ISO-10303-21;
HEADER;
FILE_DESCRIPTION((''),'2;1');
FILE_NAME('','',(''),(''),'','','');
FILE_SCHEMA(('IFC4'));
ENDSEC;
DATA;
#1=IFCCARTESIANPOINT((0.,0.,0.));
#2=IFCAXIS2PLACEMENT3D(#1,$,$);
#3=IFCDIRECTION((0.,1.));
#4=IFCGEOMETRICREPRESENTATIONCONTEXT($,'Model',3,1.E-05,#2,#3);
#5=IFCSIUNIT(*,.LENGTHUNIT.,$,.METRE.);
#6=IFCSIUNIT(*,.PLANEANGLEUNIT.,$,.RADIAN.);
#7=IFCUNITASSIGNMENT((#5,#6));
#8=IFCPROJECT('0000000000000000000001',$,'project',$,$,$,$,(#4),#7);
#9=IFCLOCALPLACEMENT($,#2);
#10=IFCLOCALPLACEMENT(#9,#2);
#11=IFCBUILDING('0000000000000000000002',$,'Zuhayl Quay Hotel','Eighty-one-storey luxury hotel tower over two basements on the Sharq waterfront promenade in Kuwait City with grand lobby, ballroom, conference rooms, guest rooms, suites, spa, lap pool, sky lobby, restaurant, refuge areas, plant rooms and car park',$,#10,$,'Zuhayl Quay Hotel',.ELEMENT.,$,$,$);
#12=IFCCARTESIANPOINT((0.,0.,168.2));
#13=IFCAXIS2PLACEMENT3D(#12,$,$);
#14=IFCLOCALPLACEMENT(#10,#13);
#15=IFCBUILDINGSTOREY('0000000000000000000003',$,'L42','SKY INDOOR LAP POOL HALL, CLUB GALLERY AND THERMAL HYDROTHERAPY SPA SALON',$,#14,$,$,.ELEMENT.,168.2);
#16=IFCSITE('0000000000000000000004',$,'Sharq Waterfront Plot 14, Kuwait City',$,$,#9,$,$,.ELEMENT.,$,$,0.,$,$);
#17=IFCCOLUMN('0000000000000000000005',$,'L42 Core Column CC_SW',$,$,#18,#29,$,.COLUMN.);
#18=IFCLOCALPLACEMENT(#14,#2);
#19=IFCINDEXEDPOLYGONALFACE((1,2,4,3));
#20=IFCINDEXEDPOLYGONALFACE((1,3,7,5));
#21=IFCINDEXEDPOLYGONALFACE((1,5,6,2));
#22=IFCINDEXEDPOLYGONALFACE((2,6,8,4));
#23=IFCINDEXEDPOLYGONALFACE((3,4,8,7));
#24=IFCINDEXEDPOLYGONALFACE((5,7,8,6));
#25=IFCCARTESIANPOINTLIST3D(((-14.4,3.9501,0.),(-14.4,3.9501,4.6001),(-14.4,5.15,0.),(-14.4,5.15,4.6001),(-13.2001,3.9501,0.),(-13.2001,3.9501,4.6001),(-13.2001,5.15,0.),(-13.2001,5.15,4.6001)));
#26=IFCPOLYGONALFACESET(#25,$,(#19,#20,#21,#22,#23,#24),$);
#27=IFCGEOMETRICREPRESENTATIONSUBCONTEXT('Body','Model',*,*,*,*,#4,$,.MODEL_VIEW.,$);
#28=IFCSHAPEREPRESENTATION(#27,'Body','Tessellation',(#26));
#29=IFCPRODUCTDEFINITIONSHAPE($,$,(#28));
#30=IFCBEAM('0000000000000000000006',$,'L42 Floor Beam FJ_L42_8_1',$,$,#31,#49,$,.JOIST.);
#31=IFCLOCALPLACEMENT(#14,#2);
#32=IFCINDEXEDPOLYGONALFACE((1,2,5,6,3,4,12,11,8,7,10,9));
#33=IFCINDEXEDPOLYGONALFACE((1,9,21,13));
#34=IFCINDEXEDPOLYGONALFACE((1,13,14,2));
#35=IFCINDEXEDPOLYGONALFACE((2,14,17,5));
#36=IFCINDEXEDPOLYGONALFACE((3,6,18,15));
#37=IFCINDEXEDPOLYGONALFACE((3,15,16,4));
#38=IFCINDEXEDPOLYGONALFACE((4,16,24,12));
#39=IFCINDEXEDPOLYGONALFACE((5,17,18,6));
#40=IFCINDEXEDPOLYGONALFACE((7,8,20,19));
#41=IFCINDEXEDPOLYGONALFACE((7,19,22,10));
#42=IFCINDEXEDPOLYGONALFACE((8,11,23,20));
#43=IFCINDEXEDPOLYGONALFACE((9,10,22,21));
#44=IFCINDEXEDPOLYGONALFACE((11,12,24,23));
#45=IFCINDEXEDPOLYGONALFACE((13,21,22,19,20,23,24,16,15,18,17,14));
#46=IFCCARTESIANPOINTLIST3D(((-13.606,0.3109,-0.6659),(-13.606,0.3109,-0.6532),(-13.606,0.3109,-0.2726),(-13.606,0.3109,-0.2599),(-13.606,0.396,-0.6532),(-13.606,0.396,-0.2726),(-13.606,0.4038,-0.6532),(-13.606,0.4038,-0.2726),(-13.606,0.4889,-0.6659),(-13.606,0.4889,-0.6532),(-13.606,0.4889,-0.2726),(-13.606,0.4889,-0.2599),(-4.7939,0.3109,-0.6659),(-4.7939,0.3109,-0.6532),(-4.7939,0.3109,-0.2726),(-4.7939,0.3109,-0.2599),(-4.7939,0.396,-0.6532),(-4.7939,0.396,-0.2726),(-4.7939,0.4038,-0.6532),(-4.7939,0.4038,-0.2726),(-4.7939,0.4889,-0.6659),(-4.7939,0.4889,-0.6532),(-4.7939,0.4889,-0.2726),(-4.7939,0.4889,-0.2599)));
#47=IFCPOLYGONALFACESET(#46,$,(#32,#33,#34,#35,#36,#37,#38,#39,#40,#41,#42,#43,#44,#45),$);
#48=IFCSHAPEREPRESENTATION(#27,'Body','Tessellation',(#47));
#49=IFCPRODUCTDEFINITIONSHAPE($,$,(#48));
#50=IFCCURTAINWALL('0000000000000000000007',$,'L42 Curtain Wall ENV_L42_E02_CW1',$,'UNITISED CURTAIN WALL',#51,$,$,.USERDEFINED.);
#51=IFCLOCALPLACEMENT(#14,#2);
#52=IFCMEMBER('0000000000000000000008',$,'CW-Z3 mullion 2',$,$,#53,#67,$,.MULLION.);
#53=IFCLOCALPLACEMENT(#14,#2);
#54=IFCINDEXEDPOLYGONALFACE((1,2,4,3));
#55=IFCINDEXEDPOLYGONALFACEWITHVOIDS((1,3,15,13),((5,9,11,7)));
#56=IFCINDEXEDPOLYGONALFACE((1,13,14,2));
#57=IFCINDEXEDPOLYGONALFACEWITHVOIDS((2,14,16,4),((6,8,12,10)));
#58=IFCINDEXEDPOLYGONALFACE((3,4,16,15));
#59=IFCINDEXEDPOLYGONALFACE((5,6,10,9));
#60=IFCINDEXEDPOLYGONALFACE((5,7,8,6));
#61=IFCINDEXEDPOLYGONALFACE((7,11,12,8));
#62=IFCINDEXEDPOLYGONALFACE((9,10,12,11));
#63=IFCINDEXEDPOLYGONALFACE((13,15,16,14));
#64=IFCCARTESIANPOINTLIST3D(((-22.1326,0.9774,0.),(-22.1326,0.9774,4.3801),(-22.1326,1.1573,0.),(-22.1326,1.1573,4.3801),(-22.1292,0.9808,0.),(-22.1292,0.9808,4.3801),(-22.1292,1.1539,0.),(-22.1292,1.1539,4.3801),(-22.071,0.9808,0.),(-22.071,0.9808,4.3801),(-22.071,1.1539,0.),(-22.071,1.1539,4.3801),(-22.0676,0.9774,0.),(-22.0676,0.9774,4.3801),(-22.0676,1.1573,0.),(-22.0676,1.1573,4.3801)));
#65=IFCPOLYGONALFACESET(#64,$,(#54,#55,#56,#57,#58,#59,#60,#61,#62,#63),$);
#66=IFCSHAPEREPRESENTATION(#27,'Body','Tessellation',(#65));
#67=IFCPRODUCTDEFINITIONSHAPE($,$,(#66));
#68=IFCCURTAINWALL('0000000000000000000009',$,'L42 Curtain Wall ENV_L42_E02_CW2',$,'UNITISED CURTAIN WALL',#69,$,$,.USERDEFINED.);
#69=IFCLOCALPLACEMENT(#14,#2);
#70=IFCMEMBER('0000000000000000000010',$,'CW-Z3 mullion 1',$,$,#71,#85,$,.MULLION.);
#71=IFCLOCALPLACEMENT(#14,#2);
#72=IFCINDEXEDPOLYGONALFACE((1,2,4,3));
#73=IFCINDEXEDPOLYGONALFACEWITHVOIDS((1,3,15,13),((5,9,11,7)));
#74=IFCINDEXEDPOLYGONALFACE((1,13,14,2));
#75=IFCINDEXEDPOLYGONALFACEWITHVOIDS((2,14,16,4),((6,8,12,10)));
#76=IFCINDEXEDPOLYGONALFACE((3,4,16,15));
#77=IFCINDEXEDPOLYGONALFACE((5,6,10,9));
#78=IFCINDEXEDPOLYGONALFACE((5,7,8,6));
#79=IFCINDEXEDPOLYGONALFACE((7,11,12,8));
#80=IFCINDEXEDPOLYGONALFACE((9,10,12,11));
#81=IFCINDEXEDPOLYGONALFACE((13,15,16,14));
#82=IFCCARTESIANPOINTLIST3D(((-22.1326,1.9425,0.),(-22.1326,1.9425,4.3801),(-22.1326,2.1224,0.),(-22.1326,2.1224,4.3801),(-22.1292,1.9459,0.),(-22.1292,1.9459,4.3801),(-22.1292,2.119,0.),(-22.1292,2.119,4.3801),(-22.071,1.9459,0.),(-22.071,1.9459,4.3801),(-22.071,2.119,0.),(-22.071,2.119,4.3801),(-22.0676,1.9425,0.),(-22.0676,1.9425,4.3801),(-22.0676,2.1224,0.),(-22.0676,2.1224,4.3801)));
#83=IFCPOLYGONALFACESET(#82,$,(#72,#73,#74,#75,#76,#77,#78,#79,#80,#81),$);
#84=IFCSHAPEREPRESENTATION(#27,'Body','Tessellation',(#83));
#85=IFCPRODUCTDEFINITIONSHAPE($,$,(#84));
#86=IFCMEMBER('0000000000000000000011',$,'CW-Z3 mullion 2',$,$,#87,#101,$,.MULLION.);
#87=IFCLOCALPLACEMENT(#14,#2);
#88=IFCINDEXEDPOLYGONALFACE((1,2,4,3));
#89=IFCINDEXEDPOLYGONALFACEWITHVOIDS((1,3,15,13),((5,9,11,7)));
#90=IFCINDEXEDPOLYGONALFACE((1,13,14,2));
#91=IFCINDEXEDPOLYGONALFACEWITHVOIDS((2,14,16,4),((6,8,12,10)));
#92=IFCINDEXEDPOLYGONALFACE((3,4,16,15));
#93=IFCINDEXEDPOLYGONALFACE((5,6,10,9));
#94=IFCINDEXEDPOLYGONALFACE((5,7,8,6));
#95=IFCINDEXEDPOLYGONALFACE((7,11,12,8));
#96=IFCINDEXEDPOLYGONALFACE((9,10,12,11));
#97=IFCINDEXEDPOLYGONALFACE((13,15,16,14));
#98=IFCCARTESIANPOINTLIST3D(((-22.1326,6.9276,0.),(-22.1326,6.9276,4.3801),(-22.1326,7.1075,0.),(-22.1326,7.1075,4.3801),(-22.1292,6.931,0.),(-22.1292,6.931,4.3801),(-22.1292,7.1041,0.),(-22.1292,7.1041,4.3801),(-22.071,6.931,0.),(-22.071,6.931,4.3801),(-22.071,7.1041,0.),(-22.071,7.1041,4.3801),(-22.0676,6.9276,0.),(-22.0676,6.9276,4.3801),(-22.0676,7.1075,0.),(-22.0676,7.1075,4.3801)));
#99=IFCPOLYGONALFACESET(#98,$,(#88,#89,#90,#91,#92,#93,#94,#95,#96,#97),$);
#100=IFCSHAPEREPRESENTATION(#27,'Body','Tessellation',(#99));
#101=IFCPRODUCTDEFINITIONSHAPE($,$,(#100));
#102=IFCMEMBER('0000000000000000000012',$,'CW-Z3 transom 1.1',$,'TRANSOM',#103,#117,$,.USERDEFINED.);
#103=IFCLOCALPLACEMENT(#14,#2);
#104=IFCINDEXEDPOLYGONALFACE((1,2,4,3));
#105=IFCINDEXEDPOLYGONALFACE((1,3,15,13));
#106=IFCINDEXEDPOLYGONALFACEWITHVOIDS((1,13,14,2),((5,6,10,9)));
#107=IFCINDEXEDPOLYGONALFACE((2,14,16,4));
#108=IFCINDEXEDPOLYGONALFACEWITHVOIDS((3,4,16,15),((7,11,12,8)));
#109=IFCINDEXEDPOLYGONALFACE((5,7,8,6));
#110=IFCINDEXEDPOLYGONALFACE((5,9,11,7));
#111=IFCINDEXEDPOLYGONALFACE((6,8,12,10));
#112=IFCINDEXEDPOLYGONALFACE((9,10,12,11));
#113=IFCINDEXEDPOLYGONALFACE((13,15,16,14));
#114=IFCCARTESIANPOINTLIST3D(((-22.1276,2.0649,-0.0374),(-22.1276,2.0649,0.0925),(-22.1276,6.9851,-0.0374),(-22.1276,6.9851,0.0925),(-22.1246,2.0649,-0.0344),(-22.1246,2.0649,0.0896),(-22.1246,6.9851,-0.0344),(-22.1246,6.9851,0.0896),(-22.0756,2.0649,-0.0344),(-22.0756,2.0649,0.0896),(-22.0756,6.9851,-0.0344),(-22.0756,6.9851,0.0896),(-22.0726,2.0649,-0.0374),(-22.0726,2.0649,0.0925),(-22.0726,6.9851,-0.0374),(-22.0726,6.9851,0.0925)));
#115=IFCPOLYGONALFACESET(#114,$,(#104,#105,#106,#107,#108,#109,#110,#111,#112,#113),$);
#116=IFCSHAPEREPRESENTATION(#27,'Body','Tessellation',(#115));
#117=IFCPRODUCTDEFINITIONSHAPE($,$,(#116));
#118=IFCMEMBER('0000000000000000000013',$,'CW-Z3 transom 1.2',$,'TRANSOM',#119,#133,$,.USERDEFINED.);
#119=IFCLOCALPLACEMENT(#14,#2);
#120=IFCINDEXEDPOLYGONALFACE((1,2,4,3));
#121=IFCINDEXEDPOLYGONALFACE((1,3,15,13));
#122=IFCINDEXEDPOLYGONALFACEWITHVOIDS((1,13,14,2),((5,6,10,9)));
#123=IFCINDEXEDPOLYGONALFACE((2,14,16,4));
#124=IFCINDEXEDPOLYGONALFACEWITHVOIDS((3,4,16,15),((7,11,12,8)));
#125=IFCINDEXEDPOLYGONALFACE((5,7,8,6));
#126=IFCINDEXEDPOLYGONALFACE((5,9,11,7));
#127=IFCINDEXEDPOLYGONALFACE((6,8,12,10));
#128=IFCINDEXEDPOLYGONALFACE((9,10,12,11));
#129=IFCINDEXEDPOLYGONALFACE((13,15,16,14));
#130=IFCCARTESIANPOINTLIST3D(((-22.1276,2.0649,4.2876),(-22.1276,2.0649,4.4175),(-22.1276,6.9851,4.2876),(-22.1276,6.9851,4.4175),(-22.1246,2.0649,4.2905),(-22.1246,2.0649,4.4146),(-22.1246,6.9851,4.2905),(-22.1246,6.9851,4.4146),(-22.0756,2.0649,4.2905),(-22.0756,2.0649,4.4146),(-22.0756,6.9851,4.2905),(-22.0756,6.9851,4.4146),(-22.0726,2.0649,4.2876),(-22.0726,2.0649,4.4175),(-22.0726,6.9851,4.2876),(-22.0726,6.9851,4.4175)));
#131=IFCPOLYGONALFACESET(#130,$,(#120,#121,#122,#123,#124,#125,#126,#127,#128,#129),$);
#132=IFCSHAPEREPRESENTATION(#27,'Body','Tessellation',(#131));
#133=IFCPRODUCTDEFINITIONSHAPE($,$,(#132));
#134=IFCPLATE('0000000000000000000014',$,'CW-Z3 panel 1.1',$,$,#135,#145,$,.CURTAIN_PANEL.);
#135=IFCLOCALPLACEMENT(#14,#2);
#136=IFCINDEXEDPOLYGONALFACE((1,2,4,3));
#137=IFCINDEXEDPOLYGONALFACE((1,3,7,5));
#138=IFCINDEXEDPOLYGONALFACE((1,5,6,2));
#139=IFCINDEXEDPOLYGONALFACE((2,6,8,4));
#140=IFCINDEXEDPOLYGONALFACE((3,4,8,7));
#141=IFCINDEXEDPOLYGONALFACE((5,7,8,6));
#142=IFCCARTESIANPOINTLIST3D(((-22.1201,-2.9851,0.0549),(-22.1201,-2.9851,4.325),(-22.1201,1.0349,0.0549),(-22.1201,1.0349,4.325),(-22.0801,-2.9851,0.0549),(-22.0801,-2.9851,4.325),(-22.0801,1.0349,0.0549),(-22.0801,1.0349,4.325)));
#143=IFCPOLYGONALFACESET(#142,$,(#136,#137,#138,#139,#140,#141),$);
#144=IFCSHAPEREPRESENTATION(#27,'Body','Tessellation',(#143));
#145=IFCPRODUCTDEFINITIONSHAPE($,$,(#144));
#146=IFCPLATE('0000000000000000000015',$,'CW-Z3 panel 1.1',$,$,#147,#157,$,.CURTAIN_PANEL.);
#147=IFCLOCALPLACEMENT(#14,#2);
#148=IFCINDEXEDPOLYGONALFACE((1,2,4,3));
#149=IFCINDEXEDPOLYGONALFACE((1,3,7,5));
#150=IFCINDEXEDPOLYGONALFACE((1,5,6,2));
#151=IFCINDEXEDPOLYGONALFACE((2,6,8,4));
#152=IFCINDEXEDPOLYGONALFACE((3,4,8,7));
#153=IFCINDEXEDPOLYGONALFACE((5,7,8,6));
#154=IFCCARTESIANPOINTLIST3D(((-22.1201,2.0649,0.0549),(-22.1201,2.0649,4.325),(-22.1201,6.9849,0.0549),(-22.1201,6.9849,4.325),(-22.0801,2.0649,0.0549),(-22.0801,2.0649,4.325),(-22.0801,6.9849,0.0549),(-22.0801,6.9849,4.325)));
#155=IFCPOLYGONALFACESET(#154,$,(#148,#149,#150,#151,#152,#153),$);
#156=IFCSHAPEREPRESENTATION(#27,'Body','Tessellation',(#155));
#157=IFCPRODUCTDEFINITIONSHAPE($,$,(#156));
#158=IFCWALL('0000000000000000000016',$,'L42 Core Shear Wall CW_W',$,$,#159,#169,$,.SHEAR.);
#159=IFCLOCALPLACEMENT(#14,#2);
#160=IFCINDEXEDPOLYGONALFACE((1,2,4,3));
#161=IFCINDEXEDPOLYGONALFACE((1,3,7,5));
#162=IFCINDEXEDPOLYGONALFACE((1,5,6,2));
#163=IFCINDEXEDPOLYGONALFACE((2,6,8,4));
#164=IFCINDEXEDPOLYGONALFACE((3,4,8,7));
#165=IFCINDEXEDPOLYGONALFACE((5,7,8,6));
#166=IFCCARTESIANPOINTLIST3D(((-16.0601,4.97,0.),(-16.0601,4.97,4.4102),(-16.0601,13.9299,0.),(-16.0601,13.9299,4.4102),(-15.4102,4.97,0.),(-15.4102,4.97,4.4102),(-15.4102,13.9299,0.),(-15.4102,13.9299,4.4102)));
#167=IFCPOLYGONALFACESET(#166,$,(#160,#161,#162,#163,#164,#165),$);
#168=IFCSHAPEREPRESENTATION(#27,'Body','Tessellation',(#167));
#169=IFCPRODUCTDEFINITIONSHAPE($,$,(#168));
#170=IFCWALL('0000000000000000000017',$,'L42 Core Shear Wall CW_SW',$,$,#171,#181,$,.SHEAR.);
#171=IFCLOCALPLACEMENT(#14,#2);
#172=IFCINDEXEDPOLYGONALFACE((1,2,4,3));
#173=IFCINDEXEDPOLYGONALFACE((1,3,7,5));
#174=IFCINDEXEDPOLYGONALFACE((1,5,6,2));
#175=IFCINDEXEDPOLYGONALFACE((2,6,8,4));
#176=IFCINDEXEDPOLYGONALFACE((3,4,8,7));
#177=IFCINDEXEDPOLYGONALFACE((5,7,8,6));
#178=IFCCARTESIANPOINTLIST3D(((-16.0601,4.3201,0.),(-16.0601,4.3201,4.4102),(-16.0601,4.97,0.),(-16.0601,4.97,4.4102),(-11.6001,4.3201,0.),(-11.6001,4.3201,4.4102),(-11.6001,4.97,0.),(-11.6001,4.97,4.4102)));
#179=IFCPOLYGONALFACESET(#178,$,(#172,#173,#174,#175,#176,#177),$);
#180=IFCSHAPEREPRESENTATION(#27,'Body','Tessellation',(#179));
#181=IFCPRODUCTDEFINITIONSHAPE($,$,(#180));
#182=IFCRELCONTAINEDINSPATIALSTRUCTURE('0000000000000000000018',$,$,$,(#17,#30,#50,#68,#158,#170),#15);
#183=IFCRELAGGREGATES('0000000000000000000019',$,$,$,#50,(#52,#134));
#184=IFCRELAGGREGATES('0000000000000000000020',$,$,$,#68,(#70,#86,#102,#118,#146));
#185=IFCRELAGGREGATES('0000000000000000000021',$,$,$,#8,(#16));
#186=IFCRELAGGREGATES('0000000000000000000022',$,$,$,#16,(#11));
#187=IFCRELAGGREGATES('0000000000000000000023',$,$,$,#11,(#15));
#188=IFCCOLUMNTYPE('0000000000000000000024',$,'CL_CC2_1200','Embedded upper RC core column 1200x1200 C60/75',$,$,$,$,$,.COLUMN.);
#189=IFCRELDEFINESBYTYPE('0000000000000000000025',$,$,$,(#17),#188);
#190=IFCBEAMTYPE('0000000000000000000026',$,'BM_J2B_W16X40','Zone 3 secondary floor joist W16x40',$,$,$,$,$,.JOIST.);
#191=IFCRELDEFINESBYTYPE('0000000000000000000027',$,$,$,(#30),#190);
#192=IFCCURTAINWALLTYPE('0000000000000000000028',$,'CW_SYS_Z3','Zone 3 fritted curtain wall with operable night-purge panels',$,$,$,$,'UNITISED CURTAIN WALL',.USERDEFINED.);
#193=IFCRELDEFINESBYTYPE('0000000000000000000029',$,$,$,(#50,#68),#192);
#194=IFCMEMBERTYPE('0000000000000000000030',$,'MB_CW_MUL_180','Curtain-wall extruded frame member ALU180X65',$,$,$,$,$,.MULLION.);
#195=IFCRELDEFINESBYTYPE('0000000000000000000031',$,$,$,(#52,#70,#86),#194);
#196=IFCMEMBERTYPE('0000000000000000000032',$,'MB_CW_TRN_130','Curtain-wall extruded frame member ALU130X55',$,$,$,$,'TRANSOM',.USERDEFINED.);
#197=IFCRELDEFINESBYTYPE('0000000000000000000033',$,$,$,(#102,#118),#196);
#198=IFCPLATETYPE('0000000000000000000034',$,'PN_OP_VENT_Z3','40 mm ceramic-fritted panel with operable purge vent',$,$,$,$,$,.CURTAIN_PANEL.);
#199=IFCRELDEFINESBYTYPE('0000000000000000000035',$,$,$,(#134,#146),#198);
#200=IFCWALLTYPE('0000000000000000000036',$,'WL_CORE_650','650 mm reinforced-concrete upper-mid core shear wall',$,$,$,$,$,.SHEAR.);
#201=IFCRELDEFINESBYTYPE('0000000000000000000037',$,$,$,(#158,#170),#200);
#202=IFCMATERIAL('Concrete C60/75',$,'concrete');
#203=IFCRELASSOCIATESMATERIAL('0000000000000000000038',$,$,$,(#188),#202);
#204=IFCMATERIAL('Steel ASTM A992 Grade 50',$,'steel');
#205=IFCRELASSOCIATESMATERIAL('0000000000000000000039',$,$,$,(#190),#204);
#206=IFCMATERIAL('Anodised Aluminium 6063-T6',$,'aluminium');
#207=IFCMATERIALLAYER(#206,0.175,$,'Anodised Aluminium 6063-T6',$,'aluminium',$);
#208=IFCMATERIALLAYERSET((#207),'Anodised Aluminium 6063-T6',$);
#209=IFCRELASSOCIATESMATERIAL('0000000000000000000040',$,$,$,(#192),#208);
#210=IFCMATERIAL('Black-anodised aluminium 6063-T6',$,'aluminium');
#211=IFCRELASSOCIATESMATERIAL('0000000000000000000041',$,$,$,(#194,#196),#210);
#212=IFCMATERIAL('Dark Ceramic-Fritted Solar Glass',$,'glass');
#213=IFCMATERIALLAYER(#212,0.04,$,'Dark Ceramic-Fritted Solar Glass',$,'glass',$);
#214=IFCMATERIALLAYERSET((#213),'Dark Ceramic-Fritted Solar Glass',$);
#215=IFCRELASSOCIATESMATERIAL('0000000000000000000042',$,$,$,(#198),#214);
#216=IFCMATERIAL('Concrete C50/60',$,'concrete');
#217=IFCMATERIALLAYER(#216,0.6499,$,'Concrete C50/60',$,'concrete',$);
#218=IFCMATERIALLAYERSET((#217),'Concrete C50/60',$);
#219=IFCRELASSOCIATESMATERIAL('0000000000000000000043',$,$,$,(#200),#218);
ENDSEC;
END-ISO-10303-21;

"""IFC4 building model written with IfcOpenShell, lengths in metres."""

from ifc_helpers import new_model, si_unit, direction, frame, frame_2d, origin, origin_2d, place, context, subcontext, project, spatial, rectangle, hollow_rectangle, i_section, extrude, material, layer, layer_set, material_profile, profile_set, type_object, element, aggregate, save


model = new_model("IFC4")

# Units and contexts
model_context = context("Model", 3, precision=1e-05, world=origin(), true_north=direction((0.0, 1.0)))
body_context = subcontext(model_context, "Body", "Model", "MODEL_VIEW")
ifc_project = project(units=[si_unit("LENGTHUNIT", "METRE"), si_unit("PLANEANGLEUNIT", "RADIAN")], contexts=[model_context])

# Site, building, storey
site_placement = place(None, origin())
site = spatial("IfcSite", under=ifc_project, at=site_placement, Name="Sharq Waterfront Plot 14, Kuwait City", CompositionType="ELEMENT", RefElevation=0.0)
building_placement = place(site_placement, origin())
building = spatial("IfcBuilding", under=site, at=building_placement, Name="Zuhayl Quay Hotel", Description="Eighty-one-storey luxury hotel tower over two basements on the Sharq waterfront promenade in Kuwait City with grand lobby, ballroom, conference rooms, guest rooms, suites, spa, lap pool, sky lobby, restaurant, refuge areas, plant rooms and car park", LongName="Zuhayl Quay Hotel", CompositionType="ELEMENT")
storey_placement = place(building_placement, frame((0.0, 0.0, 168.2)))
storey = spatial("IfcBuildingStorey", under=building, at=storey_placement, Name="L42", Description="SKY INDOOR LAP POOL HALL, CLUB GALLERY AND THERMAL HYDROTHERAPY SPA SALON", CompositionType="ELEMENT", Elevation=168.2)

# Column
ifc_material_1 = material(Name="Concrete C60/75", Category="concrete")
ifc_material_profile_1 = material_profile(ifc_material_1, rectangle(XDim=1.2, YDim=1.2, at=origin_2d()), Name="RC1200X1200")
ifc_profile_set_1 = profile_set([ifc_material_profile_1], Name="Concrete C60/75")
column_type = type_object("IfcColumnType", Name="CL_CC2_1200", Description="Embedded upper RC core column 1200x1200 C60/75", PredefinedType="COLUMN", material=ifc_profile_set_1)
column_placement = place(storey_placement, frame((-13.8, 4.55, 0.0), z_axis=(0.0, 0.0, 1.0), x_axis=(1.0, 0.0, 0.0)))
element("IfcColumn", 1, at=column_placement, inside=storey, type_object=column_type, Name="L42 Core Column CC_SW", PredefinedType="COLUMN", context=body_context, shape_type="SweptSolid", body=[
    extrude(rectangle(XDim=1.2, YDim=1.2, at=origin_2d()), origin(), (0.0, 0.0, 1.0), 4.6001),
])

# Beam
ifc_material_2 = material(Name="Steel ASTM A992 Grade 50", Category="steel")
ifc_material_profile_2 = material_profile(ifc_material_2, i_section(OverallWidth=0.178, OverallDepth=0.406, WebThickness=0.0078, FlangeThickness=0.0127, at=origin_2d()), Name="W16X40")
ifc_profile_set_2 = profile_set([ifc_material_profile_2], Name="Steel ASTM A992 Grade 50")
beam_type = type_object("IfcBeamType", Name="BM_J2B_W16X40", Description="Zone 3 secondary floor joist W16x40", PredefinedType="JOIST", material=ifc_profile_set_2)
beam_placement = place(storey_placement, frame((-13.606, 0.3999, -0.4629), z_axis=(1.0, 0.0, 0.0), x_axis=(0.0, 1.0, 0.0)))
element("IfcBeam", 2, at=beam_placement, inside=storey, type_object=beam_type, Name="L42 Floor Beam FJ_L42_8_1", PredefinedType="JOIST", context=body_context, shape_type="SweptSolid", body=[
    extrude(i_section(OverallWidth=0.178, OverallDepth=0.406, WebThickness=0.0078, FlangeThickness=0.0127, at=origin_2d()), origin(), (0.0, 0.0, 1.0), 8.812),
])

# Curtain wall, member
ifc_material_3 = material(Name="Anodised Aluminium 6063-T6", Category="aluminium")
ifc_layer_1 = layer(ifc_material_3, 0.175, Name="Anodised Aluminium 6063-T6", Category="aluminium")
ifc_layer_set_1 = layer_set([ifc_layer_1], Name="Anodised Aluminium 6063-T6")
curtain_wall_type = type_object("IfcCurtainWallType", Name="CW_SYS_Z3", Description="Zone 3 fritted curtain wall with operable night-purge panels", ElementType="UNITISED CURTAIN WALL", PredefinedType="USERDEFINED", material=ifc_layer_set_1)
curtain_wall_1_placement = place(storey_placement, origin())
curtain_wall_1 = element("IfcCurtainWall", 3, at=curtain_wall_1_placement, inside=storey, type_object=curtain_wall_type, Name="L42 Curtain Wall ENV_L42_E02_CW1", ObjectType="UNITISED CURTAIN WALL", PredefinedType="USERDEFINED")
ifc_material_4 = material(Name="Black-anodised aluminium 6063-T6", Category="aluminium")
ifc_material_profile_3 = material_profile(ifc_material_4, hollow_rectangle(XDim=0.0649, YDim=0.1799, WallThickness=0.0034, at=origin_2d()), Name="ALU180X65")
ifc_profile_set_3 = profile_set([ifc_material_profile_3], Name="Black-anodised aluminium 6063-T6")
member_type_1 = type_object("IfcMemberType", Name="MB_CW_MUL_180", Description="Curtain-wall extruded frame member ALU180X65", PredefinedType="MULLION", material=ifc_profile_set_3)
member_1_placement = place(storey_placement, frame((-22.1001, 1.0674, 0.0), z_axis=(0.0, 0.0, 1.0), x_axis=(-1.0, 0.0, 0.0)))
member_1 = element("IfcMember", 4, at=member_1_placement, type_object=member_type_1, Name="CW-Z3 mullion 2", PredefinedType="MULLION", context=body_context, shape_type="SweptSolid", body=[
    extrude(hollow_rectangle(XDim=0.0649, YDim=0.1799, WallThickness=0.0034, at=origin_2d()), origin(), (0.0, 0.0, 1.0), 4.3801),
])

# Curtain wall, members
curtain_wall_2_placement = place(storey_placement, origin())
curtain_wall_2 = element("IfcCurtainWall", 5, at=curtain_wall_2_placement, inside=storey, type_object=curtain_wall_type, Name="L42 Curtain Wall ENV_L42_E02_CW2", ObjectType="UNITISED CURTAIN WALL", PredefinedType="USERDEFINED")
member_2_placement = place(storey_placement, frame((-22.1001, 2.0325, 0.0), z_axis=(0.0, 0.0, 1.0), x_axis=(-1.0, 0.0, 0.0)))
member_2 = element("IfcMember", 6, at=member_2_placement, type_object=member_type_1, Name="CW-Z3 mullion 1", PredefinedType="MULLION", context=body_context, shape_type="SweptSolid", body=[
    extrude(hollow_rectangle(XDim=0.0649, YDim=0.1799, WallThickness=0.0034, at=origin_2d()), origin(), (0.0, 0.0, 1.0), 4.3801),
])
member_3_placement = place(storey_placement, frame((-22.1001, 7.0176, 0.0), z_axis=(0.0, 0.0, 1.0), x_axis=(-1.0, 0.0, 0.0)))
member_3 = element("IfcMember", 7, at=member_3_placement, type_object=member_type_1, Name="CW-Z3 mullion 2", PredefinedType="MULLION", context=body_context, shape_type="SweptSolid", body=[
    extrude(hollow_rectangle(XDim=0.0649, YDim=0.1799, WallThickness=0.0034, at=origin_2d()), origin(), (0.0, 0.0, 1.0), 4.3801),
])
ifc_material_profile_4 = material_profile(ifc_material_4, hollow_rectangle(XDim=0.0549, YDim=0.1299, WallThickness=0.0029, at=origin_2d()), Name="ALU130X55")
ifc_profile_set_4 = profile_set([ifc_material_profile_4], Name="Black-anodised aluminium 6063-T6")
member_type_2 = type_object("IfcMemberType", Name="MB_CW_TRN_130", Description="Curtain-wall extruded frame member ALU130X55", ElementType="TRANSOM", PredefinedType="USERDEFINED", material=ifc_profile_set_4)
member_4_placement = place(storey_placement, frame((-22.1001, 2.0649, 0.0276), z_axis=(0.0, 1.0, 0.0), x_axis=(-1.0, 0.0, 0.0)))
member_4 = element("IfcMember", 8, at=member_4_placement, type_object=member_type_2, Name="CW-Z3 transom 1.1", ObjectType="TRANSOM", PredefinedType="USERDEFINED", context=body_context, shape_type="SweptSolid", body=[
    extrude(hollow_rectangle(XDim=0.0549, YDim=0.1299, WallThickness=0.0029, at=origin_2d()), origin(), (0.0, 0.0, 1.0), 4.9202),
])
member_5_placement = place(storey_placement, frame((-22.1001, 2.0649, 4.3525), z_axis=(0.0, 1.0, 0.0), x_axis=(-1.0, 0.0, 0.0)))
member_5 = element("IfcMember", 9, at=member_5_placement, type_object=member_type_2, Name="CW-Z3 transom 1.2", ObjectType="TRANSOM", PredefinedType="USERDEFINED", context=body_context, shape_type="SweptSolid", body=[
    extrude(hollow_rectangle(XDim=0.0549, YDim=0.1299, WallThickness=0.0029, at=origin_2d()), origin(), (0.0, 0.0, 1.0), 4.9202),
])

# Plates
ifc_material_5 = material(Name="Dark Ceramic-Fritted Solar Glass", Category="glass")
ifc_layer_2 = layer(ifc_material_5, 0.04, Name="Dark Ceramic-Fritted Solar Glass", Category="glass")
ifc_layer_set_2 = layer_set([ifc_layer_2], Name="Dark Ceramic-Fritted Solar Glass")
plate_type = type_object("IfcPlateType", Name="PN_OP_VENT_Z3", Description="40 mm ceramic-fritted panel with operable purge vent", PredefinedType="CURTAIN_PANEL", material=ifc_layer_set_2)
plate_1_placement = place(storey_placement, frame((-22.1001, -0.9751, 0.0549), z_axis=(0.0, 0.0, 1.0), x_axis=(0.0, 1.0, 0.0)))
plate_1 = element("IfcPlate", 10, at=plate_1_placement, type_object=plate_type, Name="CW-Z3 panel 1.1", PredefinedType="CURTAIN_PANEL", context=body_context, shape_type="SweptSolid", body=[
    extrude(rectangle(XDim=4.02, YDim=0.04, at=origin_2d()), origin(), (0.0, 0.0, 1.0), 4.27),
])
aggregate(curtain_wall_1, [member_1, plate_1])
plate_2_placement = place(storey_placement, frame((-22.1001, 4.5249, 0.0549), z_axis=(0.0, 0.0, 1.0), x_axis=(0.0, 1.0, 0.0)))
plate_2 = element("IfcPlate", 11, at=plate_2_placement, type_object=plate_type, Name="CW-Z3 panel 1.1", PredefinedType="CURTAIN_PANEL", context=body_context, shape_type="SweptSolid", body=[
    extrude(rectangle(XDim=4.9199, YDim=0.04, at=origin_2d()), origin(), (0.0, 0.0, 1.0), 4.27),
])
aggregate(curtain_wall_2, [member_2, member_3, member_4, member_5, plate_2])

# Walls
ifc_material_6 = material(Name="Concrete C50/60", Category="concrete")
ifc_layer_3 = layer(ifc_material_6, 0.6499, Name="Concrete C50/60", Category="concrete")
ifc_layer_set_3 = layer_set([ifc_layer_3], Name="Concrete C50/60")
wall_type_1 = type_object("IfcWallType", Name="WL_CORE_650", Description="650 mm reinforced-concrete upper-mid core shear wall", PredefinedType="SHEAR", material=ifc_layer_set_3)
wall_1_placement = place(storey_placement, frame((-15.7351, 4.97, 0.0), z_axis=(0.0, 0.0, 1.0), x_axis=(0.0, 1.0, 0.0)))
element("IfcWall", 12, at=wall_1_placement, inside=storey, type_object=wall_type_1, Name="L42 Core Shear Wall CW_W", PredefinedType="SHEAR", context=body_context, shape_type="SweptSolid", body=[
    extrude(rectangle(XDim=8.96, YDim=0.6499, at=frame_2d((4.48, 0.0))), origin(), (0.0, 0.0, 1.0), 4.4102),
])
wall_2_placement = place(storey_placement, frame((-16.0601, 4.645, 0.0), z_axis=(0.0, 0.0, 1.0), x_axis=(1.0, 0.0, 0.0)))
element("IfcWall", 13, at=wall_2_placement, inside=storey, type_object=wall_type_1, Name="L42 Core Shear Wall CW_SW", PredefinedType="SHEAR", context=body_context, shape_type="SweptSolid", body=[
    extrude(rectangle(XDim=4.46, YDim=0.6499, at=frame_2d((2.23, 0.0))), origin(), (0.0, 0.0, 1.0), 4.4102),
])

save(model, "model.ifc")
